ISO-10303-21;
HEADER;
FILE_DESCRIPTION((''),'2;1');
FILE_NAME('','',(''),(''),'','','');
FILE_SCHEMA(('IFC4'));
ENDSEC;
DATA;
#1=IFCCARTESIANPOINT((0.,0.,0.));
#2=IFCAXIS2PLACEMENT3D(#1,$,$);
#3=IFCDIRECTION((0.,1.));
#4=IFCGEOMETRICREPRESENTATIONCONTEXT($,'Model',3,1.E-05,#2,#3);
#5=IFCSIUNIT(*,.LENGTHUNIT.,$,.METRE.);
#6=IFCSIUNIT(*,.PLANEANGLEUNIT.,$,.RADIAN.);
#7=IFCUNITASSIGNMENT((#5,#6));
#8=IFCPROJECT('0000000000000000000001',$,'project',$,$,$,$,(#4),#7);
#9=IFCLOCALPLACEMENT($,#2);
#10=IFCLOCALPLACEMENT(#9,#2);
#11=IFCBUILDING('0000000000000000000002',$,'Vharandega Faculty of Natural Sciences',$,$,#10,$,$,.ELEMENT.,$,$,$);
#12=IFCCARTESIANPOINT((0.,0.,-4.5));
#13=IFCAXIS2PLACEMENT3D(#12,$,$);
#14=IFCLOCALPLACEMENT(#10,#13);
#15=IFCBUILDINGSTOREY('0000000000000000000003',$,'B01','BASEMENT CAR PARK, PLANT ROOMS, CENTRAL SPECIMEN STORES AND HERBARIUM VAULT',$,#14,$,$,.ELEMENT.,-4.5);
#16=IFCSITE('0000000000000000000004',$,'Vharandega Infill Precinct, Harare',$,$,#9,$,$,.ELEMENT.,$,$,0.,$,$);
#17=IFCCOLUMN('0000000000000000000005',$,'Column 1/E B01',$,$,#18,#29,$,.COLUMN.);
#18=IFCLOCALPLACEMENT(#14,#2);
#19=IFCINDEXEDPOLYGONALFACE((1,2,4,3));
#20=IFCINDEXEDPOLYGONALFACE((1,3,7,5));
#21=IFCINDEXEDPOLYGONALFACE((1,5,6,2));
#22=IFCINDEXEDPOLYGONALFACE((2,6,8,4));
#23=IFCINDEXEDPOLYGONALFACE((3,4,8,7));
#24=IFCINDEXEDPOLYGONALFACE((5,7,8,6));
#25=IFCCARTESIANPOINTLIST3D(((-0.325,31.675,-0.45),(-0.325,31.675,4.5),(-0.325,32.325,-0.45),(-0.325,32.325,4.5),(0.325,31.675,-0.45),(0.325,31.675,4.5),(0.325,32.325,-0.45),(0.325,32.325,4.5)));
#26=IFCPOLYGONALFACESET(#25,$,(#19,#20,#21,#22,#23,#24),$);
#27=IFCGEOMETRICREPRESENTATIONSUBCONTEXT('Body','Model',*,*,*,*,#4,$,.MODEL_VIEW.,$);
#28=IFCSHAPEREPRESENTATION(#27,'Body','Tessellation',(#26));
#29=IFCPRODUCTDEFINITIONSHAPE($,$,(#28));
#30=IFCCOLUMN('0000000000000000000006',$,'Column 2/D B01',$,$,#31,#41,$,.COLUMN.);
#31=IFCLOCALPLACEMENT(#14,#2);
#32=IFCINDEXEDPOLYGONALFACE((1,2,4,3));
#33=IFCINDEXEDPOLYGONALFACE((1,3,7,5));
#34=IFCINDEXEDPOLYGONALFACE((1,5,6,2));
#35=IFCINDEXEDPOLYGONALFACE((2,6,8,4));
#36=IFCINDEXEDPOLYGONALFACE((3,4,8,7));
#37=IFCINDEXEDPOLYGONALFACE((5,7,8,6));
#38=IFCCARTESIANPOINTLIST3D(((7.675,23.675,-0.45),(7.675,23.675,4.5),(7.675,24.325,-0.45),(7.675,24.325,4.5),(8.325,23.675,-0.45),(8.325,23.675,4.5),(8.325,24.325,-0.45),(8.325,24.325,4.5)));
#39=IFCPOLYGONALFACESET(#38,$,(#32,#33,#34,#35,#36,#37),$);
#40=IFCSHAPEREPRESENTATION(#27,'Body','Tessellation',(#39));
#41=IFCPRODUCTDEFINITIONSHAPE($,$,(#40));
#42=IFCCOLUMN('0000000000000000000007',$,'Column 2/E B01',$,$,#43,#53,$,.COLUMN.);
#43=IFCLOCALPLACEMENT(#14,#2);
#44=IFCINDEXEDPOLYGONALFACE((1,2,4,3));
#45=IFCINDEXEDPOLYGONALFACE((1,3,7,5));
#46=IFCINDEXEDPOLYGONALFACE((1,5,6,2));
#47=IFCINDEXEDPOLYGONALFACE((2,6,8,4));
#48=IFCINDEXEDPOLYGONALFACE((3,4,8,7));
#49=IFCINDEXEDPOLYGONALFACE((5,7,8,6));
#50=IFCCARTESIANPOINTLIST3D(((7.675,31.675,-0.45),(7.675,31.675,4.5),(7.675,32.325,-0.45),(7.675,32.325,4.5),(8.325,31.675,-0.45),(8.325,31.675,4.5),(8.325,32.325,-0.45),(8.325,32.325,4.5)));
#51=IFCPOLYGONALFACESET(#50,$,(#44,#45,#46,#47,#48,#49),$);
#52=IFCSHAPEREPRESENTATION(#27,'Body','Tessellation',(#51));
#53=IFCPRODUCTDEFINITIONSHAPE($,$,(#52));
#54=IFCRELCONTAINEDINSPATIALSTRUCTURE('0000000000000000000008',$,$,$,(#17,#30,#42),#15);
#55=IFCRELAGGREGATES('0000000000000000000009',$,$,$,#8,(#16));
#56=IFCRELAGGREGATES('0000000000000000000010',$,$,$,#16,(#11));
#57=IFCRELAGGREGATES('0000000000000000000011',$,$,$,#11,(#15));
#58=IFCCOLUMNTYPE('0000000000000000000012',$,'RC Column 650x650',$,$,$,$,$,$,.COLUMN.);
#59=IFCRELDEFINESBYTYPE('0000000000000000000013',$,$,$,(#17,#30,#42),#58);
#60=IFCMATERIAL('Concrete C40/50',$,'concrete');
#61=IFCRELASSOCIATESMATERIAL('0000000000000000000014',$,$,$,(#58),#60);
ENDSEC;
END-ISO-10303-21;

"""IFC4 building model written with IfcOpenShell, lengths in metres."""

from ifc_helpers import new_model, si_unit, direction, frame, origin, origin_2d, place, context, subcontext, project, spatial, rectangle, extrude, material, material_profile, profile_set, type_object, element, save


model = new_model("IFC4")

# Units and contexts
model_context = context("Model", 3, precision=1e-05, world=origin(), true_north=direction((0.0, 1.0)))
body_context = subcontext(model_context, "Body", "Model", "MODEL_VIEW")
ifc_project = project(units=[si_unit("LENGTHUNIT", "METRE"), si_unit("PLANEANGLEUNIT", "RADIAN")], contexts=[model_context])

# Site, building, storey
site_placement = place(None, origin())
site = spatial("IfcSite", under=ifc_project, at=site_placement, Name="Vharandega Infill Precinct, Harare", CompositionType="ELEMENT", RefElevation=0.0)
building_placement = place(site_placement, origin())
building = spatial("IfcBuilding", under=site, at=building_placement, Name="Vharandega Faculty of Natural Sciences", CompositionType="ELEMENT")
storey_placement = place(building_placement, frame((0.0, 0.0, -4.5)))
storey = spatial("IfcBuildingStorey", under=building, at=storey_placement, Name="B01", Description="BASEMENT CAR PARK, PLANT ROOMS, CENTRAL SPECIMEN STORES AND HERBARIUM VAULT", CompositionType="ELEMENT", Elevation=-4.5)

# Columns
ifc_material_1 = material(Name="Concrete C40/50", Category="concrete")
ifc_material_profile_1 = material_profile(ifc_material_1, rectangle(XDim=0.6499, YDim=0.6499, at=origin_2d()), Name="RC 650x650")
ifc_profile_set_1 = profile_set([ifc_material_profile_1], Name="Concrete C40/50")
column_type = type_object("IfcColumnType", Name="RC Column 650x650", PredefinedType="COLUMN", material=ifc_profile_set_1)
for number, where, z_axis, x_axis, name in (
    (1, (0.0, 32.0, -0.45), (0.0, 0.0, 1.0), (1.0, 0.0, 0.0), "Column 1/E B01"),
    (2, (8.0, 24.0, -0.45), (0.0, 0.0, 1.0), (1.0, 0.0, 0.0), "Column 2/D B01"),
    (3, (8.0, 32.0, -0.45), (0.0, 0.0, 1.0), (1.0, 0.0, 0.0), "Column 2/E B01"),
):
    element("IfcColumn", number, at=place(storey_placement, frame(where, z_axis=z_axis, x_axis=x_axis)), inside=storey, type_object=column_type, Name=name, PredefinedType="COLUMN", context=body_context, shape_type="SweptSolid", body=[
        extrude(rectangle(XDim=0.6499, YDim=0.6499, at=origin_2d()), origin(), (0.0, 0.0, 1.0), 4.95),
    ])

save(model, "model.ifc")
